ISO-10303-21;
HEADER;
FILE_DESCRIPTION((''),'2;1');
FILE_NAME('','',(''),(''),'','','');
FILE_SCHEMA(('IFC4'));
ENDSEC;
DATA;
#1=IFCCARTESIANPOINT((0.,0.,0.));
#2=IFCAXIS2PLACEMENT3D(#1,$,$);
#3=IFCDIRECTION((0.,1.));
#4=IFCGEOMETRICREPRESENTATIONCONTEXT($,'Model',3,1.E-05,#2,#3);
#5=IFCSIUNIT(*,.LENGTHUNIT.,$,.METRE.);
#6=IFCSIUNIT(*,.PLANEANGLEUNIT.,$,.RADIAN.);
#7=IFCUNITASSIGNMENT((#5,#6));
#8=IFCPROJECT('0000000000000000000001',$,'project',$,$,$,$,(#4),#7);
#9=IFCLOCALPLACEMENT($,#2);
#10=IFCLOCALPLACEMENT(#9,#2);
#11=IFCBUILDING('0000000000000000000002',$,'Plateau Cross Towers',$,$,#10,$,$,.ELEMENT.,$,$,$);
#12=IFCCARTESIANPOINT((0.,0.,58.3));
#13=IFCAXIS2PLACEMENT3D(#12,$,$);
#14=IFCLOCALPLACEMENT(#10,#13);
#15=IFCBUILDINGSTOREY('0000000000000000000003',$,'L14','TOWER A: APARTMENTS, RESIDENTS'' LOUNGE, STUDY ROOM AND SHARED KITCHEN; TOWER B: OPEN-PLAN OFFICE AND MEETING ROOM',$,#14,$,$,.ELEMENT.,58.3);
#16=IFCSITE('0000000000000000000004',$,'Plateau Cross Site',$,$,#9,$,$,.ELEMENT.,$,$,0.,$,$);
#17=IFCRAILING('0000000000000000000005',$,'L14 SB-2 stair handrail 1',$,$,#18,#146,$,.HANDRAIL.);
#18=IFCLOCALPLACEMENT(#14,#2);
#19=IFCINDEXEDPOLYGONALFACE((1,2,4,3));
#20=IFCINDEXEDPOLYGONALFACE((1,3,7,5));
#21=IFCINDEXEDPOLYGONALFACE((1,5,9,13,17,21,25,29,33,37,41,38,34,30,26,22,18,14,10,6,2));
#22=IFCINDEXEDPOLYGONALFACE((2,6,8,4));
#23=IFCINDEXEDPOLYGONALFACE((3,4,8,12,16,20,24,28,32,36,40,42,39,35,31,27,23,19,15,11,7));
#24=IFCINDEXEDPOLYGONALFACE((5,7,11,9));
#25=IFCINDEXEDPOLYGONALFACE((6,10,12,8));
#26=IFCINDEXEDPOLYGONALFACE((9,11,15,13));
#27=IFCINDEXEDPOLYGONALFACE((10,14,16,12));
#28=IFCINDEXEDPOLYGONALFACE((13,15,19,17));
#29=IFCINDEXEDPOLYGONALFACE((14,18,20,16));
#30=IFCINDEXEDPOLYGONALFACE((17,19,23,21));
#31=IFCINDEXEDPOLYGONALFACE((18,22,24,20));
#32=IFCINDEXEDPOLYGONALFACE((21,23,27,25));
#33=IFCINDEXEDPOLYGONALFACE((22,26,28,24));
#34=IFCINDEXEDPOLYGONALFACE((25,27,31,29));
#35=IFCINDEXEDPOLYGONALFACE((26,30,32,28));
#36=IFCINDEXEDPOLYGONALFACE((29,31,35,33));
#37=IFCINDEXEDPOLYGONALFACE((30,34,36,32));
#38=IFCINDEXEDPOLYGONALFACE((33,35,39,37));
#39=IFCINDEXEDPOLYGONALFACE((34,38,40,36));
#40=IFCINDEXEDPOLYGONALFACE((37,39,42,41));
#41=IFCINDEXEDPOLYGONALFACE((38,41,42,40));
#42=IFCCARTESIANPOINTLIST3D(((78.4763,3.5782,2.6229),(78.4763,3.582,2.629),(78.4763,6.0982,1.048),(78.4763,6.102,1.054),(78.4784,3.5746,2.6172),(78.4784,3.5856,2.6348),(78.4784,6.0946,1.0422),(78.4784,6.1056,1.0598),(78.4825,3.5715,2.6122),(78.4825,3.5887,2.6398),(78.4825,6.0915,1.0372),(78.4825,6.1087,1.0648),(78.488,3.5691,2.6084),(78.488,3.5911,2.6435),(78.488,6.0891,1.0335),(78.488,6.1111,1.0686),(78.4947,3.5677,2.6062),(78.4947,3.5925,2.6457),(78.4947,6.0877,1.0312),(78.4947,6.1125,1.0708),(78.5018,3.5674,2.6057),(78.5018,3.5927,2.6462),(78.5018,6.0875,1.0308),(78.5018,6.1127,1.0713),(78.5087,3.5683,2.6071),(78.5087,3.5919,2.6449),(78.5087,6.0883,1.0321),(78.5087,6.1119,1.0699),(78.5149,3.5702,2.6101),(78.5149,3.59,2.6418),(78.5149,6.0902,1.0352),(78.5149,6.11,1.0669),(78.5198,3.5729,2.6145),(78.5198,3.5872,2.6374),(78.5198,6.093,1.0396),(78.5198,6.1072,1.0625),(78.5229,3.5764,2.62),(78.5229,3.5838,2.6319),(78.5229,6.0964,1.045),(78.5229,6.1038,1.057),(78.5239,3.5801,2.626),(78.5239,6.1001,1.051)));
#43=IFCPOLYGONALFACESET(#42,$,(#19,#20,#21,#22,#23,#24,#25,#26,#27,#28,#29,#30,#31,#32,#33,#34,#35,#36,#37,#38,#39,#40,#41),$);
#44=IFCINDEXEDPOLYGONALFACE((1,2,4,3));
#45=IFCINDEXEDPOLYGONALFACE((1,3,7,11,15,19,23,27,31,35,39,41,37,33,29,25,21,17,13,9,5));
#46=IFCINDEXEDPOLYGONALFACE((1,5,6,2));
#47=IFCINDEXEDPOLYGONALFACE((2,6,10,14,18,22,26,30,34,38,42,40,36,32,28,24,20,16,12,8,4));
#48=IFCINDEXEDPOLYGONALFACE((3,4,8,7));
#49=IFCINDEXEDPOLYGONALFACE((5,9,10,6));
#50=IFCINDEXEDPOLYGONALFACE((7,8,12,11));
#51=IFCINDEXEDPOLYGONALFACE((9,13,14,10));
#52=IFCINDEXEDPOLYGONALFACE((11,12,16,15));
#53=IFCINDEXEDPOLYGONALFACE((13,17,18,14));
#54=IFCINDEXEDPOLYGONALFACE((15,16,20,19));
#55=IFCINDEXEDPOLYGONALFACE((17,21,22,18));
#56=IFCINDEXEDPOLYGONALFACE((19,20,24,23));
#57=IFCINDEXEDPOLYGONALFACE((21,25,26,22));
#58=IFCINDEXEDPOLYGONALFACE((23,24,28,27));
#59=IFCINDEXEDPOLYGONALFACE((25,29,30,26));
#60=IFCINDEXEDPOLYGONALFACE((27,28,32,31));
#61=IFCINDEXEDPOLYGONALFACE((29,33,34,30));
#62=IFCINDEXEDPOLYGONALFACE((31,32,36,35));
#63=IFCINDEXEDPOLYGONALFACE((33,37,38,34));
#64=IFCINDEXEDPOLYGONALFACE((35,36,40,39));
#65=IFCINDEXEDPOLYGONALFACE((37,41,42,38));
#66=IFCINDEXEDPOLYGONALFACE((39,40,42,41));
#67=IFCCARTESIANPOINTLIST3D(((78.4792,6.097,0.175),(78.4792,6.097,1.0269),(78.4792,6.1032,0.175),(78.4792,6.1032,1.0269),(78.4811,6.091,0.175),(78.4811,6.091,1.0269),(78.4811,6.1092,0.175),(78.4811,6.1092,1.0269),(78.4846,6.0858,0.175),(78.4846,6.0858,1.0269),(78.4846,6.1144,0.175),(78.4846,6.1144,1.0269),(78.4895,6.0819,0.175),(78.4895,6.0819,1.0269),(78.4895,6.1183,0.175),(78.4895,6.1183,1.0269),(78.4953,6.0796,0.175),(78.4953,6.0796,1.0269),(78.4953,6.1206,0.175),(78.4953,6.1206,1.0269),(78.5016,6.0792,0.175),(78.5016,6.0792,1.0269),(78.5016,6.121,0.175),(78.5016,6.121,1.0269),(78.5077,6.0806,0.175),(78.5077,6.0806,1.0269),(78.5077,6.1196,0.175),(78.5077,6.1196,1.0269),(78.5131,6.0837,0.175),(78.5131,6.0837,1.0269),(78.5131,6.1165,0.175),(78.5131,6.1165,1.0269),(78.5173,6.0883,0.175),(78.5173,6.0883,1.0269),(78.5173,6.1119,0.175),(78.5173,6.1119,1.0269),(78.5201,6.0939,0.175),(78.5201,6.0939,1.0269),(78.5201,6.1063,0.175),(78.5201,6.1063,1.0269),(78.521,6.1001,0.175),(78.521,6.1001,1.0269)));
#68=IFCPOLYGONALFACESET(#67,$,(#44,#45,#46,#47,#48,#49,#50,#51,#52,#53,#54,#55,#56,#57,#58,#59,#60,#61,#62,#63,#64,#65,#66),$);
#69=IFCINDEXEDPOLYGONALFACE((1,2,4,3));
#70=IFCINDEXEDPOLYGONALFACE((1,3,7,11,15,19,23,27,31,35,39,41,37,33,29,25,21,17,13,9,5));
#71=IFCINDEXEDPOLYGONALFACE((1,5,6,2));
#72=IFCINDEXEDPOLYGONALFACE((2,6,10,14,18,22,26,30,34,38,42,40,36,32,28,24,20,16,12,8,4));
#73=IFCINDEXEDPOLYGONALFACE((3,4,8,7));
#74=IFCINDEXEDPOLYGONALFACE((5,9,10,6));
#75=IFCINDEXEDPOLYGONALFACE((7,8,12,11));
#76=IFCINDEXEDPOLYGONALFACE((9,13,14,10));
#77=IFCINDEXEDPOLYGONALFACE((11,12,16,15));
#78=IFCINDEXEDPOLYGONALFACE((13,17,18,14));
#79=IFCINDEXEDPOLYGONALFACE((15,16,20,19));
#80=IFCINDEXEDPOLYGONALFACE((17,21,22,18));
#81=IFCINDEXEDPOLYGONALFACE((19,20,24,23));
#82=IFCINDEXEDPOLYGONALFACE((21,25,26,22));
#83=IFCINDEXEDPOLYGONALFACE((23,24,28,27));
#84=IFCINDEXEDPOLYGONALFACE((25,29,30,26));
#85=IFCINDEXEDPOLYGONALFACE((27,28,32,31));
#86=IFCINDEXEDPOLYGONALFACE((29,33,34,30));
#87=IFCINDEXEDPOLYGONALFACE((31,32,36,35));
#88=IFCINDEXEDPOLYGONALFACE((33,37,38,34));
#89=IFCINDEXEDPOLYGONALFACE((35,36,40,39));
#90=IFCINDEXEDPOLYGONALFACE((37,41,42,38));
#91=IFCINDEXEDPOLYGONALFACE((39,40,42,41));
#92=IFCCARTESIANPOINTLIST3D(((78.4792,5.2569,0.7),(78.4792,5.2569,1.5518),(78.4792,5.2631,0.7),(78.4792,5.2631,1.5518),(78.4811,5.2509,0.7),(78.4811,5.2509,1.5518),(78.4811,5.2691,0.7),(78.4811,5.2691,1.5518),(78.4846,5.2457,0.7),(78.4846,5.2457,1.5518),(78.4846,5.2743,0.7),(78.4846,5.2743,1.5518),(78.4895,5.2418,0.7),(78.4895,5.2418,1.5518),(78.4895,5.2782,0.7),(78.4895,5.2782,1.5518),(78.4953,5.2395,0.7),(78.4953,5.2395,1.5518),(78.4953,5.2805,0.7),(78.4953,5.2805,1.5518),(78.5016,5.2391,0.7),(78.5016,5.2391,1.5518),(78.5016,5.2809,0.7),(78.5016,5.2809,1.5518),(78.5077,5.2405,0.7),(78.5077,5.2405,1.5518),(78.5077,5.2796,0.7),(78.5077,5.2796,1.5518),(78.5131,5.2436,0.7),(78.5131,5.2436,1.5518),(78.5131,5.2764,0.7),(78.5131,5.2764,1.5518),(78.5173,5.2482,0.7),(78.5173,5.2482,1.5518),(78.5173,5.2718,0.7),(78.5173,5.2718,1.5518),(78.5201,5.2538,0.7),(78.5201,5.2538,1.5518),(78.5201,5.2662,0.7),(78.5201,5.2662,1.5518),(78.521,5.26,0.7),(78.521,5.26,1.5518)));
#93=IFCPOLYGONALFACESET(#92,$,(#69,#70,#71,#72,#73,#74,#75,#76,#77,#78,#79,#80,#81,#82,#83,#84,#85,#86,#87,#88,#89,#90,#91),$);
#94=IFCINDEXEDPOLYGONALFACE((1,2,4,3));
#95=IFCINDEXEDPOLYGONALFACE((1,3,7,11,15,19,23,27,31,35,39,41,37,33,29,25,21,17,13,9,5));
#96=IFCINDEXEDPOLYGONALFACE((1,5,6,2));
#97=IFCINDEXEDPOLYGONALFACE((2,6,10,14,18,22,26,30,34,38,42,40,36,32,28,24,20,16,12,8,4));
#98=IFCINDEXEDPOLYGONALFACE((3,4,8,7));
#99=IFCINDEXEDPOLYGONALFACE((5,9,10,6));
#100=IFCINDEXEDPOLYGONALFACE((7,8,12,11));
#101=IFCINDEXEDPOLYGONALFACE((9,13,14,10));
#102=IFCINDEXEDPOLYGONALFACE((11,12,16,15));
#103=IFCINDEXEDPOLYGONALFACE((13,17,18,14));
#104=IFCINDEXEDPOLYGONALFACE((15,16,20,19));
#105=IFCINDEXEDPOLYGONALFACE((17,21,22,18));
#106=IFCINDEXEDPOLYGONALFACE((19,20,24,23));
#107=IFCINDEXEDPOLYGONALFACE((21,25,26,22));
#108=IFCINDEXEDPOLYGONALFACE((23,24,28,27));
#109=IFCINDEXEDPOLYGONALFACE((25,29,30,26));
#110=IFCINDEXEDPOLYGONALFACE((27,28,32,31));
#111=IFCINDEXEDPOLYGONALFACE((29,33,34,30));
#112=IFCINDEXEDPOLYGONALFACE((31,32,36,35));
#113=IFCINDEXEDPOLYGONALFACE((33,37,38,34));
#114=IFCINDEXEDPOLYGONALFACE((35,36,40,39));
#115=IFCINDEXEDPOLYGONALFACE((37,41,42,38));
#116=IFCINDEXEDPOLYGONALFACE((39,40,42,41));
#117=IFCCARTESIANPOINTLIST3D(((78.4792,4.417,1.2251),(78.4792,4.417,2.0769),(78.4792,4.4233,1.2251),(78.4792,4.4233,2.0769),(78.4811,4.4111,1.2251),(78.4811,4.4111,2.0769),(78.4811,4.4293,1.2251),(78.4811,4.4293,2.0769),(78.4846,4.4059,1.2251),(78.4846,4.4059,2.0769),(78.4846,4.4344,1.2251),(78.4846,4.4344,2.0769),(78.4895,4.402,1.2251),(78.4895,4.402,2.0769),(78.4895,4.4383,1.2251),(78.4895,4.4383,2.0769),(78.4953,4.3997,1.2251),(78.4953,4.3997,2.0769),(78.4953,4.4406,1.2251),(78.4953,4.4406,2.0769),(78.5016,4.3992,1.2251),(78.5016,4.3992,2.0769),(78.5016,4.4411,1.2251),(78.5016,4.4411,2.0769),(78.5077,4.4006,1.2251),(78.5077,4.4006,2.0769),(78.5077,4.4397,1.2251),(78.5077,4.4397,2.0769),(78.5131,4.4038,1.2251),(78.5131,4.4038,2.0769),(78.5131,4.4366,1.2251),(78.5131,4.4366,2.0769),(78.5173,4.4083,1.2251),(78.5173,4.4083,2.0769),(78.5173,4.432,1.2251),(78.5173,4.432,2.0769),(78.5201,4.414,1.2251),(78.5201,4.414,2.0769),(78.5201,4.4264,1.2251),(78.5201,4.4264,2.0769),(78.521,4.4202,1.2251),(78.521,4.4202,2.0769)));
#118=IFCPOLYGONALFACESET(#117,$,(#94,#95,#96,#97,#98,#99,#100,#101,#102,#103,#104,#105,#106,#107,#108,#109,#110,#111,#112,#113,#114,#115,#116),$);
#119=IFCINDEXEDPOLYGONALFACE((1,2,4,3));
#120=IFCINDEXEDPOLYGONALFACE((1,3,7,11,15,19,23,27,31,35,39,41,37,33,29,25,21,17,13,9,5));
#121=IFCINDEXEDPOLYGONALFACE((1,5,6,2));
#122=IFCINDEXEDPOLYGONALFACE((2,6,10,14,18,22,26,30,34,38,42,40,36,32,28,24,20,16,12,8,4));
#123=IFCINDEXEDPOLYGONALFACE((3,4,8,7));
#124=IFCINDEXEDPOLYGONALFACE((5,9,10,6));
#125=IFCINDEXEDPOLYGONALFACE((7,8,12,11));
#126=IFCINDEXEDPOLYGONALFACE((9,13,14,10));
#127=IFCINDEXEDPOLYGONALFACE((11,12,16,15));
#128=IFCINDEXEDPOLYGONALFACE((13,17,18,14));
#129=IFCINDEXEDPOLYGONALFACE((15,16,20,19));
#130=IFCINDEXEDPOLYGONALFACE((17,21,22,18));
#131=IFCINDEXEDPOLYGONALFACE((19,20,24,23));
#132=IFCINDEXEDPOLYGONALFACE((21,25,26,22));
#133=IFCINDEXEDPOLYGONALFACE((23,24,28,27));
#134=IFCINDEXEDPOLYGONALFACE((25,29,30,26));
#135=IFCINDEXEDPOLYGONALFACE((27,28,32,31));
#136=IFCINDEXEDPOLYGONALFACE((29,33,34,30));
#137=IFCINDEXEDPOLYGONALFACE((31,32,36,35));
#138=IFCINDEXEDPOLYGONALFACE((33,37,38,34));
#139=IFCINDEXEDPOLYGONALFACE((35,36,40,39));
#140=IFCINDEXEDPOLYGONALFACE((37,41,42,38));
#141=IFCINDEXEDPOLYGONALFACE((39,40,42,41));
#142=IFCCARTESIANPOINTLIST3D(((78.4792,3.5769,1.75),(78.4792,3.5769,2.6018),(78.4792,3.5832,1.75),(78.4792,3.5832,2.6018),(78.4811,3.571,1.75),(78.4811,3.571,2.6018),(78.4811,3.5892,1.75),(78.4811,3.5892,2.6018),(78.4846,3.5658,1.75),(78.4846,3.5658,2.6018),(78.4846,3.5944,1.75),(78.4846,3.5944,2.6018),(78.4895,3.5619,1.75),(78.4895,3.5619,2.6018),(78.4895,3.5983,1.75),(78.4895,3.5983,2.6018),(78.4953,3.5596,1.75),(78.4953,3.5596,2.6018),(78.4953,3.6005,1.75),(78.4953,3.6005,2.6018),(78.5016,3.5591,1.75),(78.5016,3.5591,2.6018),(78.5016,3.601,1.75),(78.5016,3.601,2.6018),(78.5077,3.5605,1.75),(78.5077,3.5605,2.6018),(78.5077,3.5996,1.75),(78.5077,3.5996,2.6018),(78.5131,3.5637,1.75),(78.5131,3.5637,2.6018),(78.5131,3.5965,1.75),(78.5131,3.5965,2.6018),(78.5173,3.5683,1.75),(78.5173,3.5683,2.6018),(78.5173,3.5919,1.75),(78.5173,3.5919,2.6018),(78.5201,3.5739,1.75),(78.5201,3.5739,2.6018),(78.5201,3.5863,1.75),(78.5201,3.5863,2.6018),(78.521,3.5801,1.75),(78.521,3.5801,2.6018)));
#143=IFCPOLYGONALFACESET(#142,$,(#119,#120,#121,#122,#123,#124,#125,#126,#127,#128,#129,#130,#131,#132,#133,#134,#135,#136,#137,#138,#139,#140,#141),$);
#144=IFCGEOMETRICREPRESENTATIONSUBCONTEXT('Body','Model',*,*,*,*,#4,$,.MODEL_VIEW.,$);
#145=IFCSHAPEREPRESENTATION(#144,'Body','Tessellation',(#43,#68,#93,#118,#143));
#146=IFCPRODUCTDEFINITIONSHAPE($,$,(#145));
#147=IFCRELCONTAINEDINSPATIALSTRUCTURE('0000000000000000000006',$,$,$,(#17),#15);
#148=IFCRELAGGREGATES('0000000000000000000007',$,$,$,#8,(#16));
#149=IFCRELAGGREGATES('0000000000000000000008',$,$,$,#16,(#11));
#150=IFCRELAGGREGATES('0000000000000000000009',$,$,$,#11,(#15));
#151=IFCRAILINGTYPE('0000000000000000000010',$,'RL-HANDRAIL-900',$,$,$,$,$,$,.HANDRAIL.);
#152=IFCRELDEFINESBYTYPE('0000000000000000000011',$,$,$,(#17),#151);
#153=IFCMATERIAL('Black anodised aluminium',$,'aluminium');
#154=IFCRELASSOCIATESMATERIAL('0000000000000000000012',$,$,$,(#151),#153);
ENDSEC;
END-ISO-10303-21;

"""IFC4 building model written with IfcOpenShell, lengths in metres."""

from ifc_helpers import new_model, si_unit, direction, frame, origin, origin_2d, place, context, subcontext, project, spatial, circle, extrude, material, type_object, element, save


model = new_model("IFC4")

# Units and contexts
model_context = context("Model", 3, precision=1e-05, world=origin(), true_north=direction((0.0, 1.0)))
body_context = subcontext(model_context, "Body", "Model", "MODEL_VIEW")
ifc_project = project(units=[si_unit("LENGTHUNIT", "METRE"), si_unit("PLANEANGLEUNIT", "RADIAN")], contexts=[model_context])

# Site, building, storey
site_placement = place(None, origin())
site = spatial("IfcSite", under=ifc_project, at=site_placement, Name="Plateau Cross Site", CompositionType="ELEMENT", RefElevation=0.0)
building_placement = place(site_placement, origin())
building = spatial("IfcBuilding", under=site, at=building_placement, Name="Plateau Cross Towers", CompositionType="ELEMENT")
storey_placement = place(building_placement, frame((0.0, 0.0, 58.3)))
storey = spatial("IfcBuildingStorey", under=building, at=storey_placement, Name="L14", Description="TOWER A: APARTMENTS, RESIDENTS' LOUNGE, STUDY ROOM AND SHARED KITCHEN; TOWER B: OPEN-PLAN OFFICE AND MEETING ROOM", CompositionType="ELEMENT", Elevation=58.3)

# Railing
ifc_material_1 = material(Name="Black anodised aluminium", Category="aluminium")
railing_type_1 = type_object("IfcRailingType", Name="RL-HANDRAIL-900", PredefinedType="HANDRAIL", material=ifc_material_1)
railing_1_placement = place(storey_placement, frame((78.5, 6.1001, 0.175)))
element("IfcRailing", 1, at=railing_1_placement, inside=storey, type_object=railing_type_1, Name="L14 SB-2 stair handrail 1", PredefinedType="HANDRAIL", context=body_context, shape_type="SweptSolid", body=[
    extrude(circle(Radius=0.0239, at=origin_2d()), frame((0.0, 0.0, 0.876), z_axis=(0.0, -0.848008, 0.529984), x_axis=(1.0, 0.0, 0.0)), (0.0, 0.0, 1.0), 2.9717),
    extrude(circle(Radius=0.021, at=origin_2d()), origin(), (0.0, 0.0, 1.0), 0.8518),
    extrude(circle(Radius=0.021, at=origin_2d()), frame((0.0, -0.8401, 0.5249)), (0.0, 0.0, 1.0), 0.8518),
    extrude(circle(Radius=0.021, at=origin_2d()), frame((0.0, -1.6799, 1.05)), (0.0, 0.0, 1.0), 0.8518),
    extrude(circle(Radius=0.021, at=origin_2d()), frame((0.0, -2.52, 1.575)), (0.0, 0.0, 1.0), 0.8518),
])

save(model, "model.ifc")
